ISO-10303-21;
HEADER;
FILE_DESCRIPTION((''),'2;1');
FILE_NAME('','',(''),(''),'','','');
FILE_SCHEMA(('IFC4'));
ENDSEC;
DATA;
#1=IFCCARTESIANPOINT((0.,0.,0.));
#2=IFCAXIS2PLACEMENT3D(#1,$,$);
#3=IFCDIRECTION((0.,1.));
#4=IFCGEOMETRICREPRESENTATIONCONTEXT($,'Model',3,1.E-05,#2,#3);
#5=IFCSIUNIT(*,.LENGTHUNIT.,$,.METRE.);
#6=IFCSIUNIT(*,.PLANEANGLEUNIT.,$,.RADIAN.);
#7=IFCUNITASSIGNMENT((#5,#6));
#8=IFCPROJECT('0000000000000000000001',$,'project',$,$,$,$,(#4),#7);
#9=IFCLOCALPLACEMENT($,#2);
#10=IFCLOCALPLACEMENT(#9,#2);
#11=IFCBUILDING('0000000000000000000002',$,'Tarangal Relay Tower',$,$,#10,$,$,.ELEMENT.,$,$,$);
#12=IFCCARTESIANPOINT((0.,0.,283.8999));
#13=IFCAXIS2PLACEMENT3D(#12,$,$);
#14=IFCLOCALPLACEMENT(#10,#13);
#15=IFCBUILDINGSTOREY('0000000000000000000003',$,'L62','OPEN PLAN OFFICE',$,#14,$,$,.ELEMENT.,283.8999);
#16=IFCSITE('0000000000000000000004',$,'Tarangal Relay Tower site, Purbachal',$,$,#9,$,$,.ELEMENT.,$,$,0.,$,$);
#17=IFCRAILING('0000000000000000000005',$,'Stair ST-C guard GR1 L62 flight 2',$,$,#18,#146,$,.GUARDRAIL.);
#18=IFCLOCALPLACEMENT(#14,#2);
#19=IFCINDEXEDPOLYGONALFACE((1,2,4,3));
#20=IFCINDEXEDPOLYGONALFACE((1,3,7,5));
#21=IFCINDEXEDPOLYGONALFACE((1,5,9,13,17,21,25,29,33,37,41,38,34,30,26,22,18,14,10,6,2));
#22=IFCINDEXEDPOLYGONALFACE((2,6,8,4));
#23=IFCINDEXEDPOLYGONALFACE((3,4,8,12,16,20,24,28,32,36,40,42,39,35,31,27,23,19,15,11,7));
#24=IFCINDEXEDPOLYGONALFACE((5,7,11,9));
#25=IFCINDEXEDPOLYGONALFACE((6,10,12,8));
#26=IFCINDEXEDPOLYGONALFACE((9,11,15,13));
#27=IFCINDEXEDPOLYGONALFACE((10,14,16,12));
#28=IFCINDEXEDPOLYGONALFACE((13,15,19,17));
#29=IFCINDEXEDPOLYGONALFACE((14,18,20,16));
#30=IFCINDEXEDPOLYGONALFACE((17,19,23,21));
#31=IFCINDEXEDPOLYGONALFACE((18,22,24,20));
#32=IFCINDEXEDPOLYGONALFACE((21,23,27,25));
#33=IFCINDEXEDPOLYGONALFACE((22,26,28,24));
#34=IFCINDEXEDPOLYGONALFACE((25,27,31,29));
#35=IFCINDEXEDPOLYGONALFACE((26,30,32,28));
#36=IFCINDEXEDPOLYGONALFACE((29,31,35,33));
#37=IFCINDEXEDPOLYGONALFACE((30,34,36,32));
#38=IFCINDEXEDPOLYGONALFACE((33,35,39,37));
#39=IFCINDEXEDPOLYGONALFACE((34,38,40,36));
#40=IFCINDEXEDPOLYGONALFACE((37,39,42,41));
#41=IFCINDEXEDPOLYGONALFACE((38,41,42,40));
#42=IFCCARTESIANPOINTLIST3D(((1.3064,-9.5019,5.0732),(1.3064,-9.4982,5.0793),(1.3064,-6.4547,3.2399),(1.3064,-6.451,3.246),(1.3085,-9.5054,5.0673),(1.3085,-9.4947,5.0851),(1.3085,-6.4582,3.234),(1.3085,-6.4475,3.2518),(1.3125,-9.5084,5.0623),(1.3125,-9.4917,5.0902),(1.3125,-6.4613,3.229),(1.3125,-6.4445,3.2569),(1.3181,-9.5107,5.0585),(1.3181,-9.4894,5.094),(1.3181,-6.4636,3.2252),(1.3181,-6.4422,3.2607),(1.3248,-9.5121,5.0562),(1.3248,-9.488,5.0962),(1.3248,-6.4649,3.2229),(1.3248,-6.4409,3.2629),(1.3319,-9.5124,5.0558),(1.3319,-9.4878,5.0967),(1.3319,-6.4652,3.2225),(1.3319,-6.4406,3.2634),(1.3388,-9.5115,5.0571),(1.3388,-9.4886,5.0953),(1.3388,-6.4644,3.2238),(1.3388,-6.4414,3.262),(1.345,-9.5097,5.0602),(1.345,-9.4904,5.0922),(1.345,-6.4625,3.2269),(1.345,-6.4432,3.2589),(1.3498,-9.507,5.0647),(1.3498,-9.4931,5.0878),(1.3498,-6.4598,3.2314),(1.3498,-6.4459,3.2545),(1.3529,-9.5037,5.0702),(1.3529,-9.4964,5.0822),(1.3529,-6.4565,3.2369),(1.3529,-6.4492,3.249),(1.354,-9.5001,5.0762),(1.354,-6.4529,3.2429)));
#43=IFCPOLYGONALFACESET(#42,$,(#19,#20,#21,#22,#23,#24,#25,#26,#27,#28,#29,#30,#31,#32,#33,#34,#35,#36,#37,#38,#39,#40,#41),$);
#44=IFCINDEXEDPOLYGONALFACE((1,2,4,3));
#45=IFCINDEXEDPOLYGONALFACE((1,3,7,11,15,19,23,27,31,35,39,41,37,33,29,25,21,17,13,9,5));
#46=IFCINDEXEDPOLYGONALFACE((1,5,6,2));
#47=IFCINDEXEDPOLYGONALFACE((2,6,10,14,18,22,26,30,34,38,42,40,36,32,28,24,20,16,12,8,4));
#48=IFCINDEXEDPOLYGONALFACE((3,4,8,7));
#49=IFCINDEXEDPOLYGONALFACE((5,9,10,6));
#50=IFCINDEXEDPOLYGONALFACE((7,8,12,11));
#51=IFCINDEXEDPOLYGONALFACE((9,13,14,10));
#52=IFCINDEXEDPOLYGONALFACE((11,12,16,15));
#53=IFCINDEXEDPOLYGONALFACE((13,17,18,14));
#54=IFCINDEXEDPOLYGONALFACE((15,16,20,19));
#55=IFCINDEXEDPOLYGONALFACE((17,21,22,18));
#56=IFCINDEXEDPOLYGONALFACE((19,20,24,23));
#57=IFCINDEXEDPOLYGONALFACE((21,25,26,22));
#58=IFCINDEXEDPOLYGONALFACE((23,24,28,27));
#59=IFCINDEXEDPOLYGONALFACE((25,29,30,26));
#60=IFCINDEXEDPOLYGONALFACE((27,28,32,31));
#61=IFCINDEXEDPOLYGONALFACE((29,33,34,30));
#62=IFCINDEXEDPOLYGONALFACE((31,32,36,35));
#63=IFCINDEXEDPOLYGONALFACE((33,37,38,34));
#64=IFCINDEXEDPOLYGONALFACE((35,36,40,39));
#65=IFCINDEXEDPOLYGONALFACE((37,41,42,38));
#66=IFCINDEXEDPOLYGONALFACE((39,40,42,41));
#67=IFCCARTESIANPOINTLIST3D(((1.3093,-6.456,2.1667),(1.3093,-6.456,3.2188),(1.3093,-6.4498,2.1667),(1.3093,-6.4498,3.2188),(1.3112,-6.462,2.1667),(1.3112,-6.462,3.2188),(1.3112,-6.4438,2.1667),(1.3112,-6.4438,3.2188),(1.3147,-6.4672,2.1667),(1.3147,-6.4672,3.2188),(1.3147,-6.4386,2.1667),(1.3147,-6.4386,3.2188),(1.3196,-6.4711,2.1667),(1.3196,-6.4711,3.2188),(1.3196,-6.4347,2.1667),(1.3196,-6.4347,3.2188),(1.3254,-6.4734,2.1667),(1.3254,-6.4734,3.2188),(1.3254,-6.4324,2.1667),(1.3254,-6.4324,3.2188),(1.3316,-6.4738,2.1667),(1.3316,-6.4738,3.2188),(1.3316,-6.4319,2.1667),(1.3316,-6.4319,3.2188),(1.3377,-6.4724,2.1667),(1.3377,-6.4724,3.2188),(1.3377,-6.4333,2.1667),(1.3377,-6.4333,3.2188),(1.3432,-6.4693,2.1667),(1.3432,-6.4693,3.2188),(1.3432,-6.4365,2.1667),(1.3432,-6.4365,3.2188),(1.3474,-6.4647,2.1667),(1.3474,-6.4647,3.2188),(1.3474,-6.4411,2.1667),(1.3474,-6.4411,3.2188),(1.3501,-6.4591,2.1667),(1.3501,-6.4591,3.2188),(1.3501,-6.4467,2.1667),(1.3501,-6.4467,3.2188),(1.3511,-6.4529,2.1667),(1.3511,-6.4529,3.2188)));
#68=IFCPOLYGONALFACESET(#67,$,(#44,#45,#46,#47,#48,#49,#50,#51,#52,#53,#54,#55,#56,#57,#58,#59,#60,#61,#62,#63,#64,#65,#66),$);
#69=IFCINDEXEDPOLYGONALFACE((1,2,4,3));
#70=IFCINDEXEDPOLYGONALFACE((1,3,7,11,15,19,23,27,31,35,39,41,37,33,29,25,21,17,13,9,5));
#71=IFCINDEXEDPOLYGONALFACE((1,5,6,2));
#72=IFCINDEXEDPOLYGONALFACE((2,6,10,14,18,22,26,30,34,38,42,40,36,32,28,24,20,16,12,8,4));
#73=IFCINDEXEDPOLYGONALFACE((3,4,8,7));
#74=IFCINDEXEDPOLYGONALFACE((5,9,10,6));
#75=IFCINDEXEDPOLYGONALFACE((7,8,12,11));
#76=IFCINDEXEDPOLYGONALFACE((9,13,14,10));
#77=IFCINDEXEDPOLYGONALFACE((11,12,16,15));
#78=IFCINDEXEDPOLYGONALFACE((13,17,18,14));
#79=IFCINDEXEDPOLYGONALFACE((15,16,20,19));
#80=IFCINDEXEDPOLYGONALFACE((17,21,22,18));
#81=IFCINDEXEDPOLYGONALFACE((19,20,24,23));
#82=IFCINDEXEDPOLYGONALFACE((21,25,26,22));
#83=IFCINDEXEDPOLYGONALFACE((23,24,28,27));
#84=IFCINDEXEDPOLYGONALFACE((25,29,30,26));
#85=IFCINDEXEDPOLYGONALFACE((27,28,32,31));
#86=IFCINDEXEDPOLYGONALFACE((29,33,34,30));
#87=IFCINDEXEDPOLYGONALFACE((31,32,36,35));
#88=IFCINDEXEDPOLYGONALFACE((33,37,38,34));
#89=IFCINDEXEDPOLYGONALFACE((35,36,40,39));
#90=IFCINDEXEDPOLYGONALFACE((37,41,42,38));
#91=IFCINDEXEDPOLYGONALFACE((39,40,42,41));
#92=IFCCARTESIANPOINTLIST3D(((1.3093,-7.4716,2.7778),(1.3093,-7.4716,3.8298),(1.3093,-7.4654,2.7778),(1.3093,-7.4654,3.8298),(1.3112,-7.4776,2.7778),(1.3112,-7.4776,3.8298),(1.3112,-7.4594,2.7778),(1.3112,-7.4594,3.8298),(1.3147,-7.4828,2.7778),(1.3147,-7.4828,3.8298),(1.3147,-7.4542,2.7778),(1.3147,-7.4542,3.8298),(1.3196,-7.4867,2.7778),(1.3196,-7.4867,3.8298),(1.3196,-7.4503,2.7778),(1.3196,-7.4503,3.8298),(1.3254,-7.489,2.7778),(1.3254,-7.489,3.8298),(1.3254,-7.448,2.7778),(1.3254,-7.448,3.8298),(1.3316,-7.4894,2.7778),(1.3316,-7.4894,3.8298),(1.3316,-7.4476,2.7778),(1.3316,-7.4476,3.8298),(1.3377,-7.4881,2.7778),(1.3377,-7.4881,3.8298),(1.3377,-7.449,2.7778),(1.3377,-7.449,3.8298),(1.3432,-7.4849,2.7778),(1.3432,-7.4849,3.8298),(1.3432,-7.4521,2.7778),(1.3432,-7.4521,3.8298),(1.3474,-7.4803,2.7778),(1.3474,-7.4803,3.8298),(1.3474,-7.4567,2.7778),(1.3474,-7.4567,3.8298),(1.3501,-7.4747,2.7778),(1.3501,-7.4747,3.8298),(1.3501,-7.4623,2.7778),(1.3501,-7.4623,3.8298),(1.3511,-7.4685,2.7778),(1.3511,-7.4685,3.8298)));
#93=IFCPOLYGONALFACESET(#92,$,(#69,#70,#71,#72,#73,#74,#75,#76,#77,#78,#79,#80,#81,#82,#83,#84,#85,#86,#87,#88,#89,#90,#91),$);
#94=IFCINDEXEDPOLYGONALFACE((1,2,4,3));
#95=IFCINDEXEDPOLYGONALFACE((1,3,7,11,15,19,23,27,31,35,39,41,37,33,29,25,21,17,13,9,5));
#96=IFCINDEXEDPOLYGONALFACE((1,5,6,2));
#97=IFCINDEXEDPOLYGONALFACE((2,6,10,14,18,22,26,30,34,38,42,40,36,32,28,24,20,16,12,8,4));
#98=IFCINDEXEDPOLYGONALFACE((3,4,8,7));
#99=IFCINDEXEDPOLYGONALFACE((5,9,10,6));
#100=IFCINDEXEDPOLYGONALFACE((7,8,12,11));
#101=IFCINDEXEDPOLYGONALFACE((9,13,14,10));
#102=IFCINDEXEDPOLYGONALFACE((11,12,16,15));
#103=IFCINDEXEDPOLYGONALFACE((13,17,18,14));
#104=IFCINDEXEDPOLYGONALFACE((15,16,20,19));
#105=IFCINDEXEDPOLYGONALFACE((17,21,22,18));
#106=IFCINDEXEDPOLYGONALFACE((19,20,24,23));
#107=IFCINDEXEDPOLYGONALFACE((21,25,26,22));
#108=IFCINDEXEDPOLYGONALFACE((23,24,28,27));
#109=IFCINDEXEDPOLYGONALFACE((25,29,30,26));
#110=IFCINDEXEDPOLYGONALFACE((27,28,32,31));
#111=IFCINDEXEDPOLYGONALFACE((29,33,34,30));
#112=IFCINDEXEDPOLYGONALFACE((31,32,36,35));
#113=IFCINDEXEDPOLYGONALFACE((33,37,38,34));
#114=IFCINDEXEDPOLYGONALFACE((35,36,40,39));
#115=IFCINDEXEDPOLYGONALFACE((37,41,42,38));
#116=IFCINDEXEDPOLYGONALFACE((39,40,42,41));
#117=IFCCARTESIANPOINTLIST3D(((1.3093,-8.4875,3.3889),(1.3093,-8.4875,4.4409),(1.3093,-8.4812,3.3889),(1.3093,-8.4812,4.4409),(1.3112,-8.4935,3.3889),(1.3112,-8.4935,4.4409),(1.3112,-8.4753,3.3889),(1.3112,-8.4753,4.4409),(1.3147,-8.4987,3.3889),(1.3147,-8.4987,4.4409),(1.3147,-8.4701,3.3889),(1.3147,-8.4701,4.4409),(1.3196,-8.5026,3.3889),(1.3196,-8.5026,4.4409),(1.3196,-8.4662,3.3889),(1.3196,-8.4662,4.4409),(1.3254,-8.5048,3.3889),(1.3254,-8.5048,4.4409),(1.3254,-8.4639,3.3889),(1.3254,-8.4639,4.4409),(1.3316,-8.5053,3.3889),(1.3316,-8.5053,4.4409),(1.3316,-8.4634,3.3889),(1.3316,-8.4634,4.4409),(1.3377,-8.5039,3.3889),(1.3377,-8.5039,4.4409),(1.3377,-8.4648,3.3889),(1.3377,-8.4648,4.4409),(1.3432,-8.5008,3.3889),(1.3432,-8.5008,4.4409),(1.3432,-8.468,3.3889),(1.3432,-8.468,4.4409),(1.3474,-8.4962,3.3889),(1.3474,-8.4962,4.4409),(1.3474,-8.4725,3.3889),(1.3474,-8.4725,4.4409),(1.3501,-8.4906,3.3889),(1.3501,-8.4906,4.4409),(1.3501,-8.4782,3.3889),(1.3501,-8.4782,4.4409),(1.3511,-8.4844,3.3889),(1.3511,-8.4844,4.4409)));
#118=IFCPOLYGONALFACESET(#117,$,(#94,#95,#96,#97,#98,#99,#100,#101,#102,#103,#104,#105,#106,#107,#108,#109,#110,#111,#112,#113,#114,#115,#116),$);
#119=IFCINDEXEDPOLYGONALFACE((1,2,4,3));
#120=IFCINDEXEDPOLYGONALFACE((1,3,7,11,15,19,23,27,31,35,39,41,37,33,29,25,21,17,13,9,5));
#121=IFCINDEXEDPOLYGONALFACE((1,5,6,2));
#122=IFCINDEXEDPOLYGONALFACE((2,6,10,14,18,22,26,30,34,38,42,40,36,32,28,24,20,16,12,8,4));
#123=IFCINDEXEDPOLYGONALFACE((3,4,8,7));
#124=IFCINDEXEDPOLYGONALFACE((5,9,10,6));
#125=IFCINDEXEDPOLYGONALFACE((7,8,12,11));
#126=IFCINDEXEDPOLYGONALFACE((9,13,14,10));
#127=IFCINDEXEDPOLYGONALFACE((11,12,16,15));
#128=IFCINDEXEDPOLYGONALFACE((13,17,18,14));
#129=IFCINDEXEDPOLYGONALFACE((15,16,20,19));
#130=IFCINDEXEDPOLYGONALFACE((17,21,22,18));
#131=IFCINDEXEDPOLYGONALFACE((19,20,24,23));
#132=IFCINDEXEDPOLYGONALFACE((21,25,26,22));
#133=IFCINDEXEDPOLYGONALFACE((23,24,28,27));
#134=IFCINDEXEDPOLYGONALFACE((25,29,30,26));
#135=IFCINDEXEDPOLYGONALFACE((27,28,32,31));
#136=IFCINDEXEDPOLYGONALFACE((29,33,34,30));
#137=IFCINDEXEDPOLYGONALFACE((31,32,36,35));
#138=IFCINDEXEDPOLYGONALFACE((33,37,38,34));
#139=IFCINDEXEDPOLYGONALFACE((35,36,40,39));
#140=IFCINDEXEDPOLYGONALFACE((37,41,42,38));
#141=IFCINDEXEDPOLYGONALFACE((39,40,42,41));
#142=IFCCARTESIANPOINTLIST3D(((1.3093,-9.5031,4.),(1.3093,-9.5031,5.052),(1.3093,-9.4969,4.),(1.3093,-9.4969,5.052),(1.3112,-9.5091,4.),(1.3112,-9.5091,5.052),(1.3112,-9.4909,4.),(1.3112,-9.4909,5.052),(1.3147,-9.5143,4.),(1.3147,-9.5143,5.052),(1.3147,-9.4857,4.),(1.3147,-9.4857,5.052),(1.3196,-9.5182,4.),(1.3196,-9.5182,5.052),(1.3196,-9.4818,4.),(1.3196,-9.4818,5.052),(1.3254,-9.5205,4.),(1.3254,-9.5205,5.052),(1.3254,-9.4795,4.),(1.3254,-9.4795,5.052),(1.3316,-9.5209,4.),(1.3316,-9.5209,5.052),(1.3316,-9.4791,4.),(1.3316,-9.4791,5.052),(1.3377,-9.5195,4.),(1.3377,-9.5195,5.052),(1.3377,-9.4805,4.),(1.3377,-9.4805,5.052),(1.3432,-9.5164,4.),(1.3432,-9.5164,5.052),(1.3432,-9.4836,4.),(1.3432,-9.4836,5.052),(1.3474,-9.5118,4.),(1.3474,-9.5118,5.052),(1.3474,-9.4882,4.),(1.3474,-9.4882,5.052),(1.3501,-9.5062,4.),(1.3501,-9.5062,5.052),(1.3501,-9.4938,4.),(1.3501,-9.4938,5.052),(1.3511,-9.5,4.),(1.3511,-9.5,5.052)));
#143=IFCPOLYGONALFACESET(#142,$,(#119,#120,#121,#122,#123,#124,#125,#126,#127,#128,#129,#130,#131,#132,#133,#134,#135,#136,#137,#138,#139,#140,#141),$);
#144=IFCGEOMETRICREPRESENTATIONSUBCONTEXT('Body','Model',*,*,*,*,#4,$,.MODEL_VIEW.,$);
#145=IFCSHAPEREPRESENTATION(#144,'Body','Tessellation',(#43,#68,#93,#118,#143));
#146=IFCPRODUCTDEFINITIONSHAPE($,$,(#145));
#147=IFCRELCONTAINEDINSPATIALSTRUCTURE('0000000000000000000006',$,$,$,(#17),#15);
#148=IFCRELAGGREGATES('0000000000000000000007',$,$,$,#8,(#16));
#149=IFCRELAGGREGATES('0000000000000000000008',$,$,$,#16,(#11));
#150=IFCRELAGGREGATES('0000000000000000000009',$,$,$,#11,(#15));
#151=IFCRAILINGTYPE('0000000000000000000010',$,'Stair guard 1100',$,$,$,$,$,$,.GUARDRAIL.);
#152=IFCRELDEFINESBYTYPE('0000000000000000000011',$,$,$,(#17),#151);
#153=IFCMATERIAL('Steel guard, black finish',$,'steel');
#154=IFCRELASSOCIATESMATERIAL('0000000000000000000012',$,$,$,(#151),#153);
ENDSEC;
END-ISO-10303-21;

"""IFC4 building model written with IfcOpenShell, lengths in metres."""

from ifc_helpers import new_model, si_unit, direction, frame, origin, origin_2d, place, context, subcontext, project, spatial, circle, extrude, material, type_object, element, save


model = new_model("IFC4")

# Units and contexts
model_context = context("Model", 3, precision=1e-05, world=origin(), true_north=direction((0.0, 1.0)))
body_context = subcontext(model_context, "Body", "Model", "MODEL_VIEW")
ifc_project = project(units=[si_unit("LENGTHUNIT", "METRE"), si_unit("PLANEANGLEUNIT", "RADIAN")], contexts=[model_context])

# Site, building, storey
site_placement = place(None, origin())
site = spatial("IfcSite", under=ifc_project, at=site_placement, Name="Tarangal Relay Tower site, Purbachal", CompositionType="ELEMENT", RefElevation=0.0)
building_placement = place(site_placement, origin())
building = spatial("IfcBuilding", under=site, at=building_placement, Name="Tarangal Relay Tower", CompositionType="ELEMENT")
storey_placement = place(building_placement, frame((0.0, 0.0, 283.8999)))
storey = spatial("IfcBuildingStorey", under=building, at=storey_placement, Name="L62", Description="OPEN PLAN OFFICE", CompositionType="ELEMENT", Elevation=283.8999)

# Railing
ifc_material_1 = material(Name="Steel guard, black finish", Category="steel")
railing_type_1 = type_object("IfcRailingType", Name="Stair guard 1100", PredefinedType="GUARDRAIL", material=ifc_material_1)
railing_1_placement = place(storey_placement, frame((1.3301, -6.4529, 2.1667)))
element("IfcRailing", 1, at=railing_1_placement, inside=storey, type_object=railing_type_1, Name="Stair ST-C guard GR1 L62 flight 2", PredefinedType="GUARDRAIL", context=body_context, shape_type="SweptSolid", body=[
    extrude(circle(Radius=0.0239, at=origin_2d()), frame((0.0, 0.0, 1.0762), z_axis=(0.0, -0.856874, 0.515525), x_axis=(1.0, 0.0, 0.0)), (0.0, 0.0, 1.0), 3.5562),
    extrude(circle(Radius=0.021, at=origin_2d()), origin(), (0.0, 0.0, 1.0), 1.052),
    extrude(circle(Radius=0.021, at=origin_2d()), frame((0.0, -1.0156, 0.6111)), (0.0, 0.0, 1.0), 1.052),
    extrude(circle(Radius=0.021, at=origin_2d()), frame((0.0, -2.0315, 1.2222)), (0.0, 0.0, 1.0), 1.052),
    extrude(circle(Radius=0.021, at=origin_2d()), frame((0.0, -3.0471, 1.8333)), (0.0, 0.0, 1.0), 1.052),
])

save(model, "model.ifc")
